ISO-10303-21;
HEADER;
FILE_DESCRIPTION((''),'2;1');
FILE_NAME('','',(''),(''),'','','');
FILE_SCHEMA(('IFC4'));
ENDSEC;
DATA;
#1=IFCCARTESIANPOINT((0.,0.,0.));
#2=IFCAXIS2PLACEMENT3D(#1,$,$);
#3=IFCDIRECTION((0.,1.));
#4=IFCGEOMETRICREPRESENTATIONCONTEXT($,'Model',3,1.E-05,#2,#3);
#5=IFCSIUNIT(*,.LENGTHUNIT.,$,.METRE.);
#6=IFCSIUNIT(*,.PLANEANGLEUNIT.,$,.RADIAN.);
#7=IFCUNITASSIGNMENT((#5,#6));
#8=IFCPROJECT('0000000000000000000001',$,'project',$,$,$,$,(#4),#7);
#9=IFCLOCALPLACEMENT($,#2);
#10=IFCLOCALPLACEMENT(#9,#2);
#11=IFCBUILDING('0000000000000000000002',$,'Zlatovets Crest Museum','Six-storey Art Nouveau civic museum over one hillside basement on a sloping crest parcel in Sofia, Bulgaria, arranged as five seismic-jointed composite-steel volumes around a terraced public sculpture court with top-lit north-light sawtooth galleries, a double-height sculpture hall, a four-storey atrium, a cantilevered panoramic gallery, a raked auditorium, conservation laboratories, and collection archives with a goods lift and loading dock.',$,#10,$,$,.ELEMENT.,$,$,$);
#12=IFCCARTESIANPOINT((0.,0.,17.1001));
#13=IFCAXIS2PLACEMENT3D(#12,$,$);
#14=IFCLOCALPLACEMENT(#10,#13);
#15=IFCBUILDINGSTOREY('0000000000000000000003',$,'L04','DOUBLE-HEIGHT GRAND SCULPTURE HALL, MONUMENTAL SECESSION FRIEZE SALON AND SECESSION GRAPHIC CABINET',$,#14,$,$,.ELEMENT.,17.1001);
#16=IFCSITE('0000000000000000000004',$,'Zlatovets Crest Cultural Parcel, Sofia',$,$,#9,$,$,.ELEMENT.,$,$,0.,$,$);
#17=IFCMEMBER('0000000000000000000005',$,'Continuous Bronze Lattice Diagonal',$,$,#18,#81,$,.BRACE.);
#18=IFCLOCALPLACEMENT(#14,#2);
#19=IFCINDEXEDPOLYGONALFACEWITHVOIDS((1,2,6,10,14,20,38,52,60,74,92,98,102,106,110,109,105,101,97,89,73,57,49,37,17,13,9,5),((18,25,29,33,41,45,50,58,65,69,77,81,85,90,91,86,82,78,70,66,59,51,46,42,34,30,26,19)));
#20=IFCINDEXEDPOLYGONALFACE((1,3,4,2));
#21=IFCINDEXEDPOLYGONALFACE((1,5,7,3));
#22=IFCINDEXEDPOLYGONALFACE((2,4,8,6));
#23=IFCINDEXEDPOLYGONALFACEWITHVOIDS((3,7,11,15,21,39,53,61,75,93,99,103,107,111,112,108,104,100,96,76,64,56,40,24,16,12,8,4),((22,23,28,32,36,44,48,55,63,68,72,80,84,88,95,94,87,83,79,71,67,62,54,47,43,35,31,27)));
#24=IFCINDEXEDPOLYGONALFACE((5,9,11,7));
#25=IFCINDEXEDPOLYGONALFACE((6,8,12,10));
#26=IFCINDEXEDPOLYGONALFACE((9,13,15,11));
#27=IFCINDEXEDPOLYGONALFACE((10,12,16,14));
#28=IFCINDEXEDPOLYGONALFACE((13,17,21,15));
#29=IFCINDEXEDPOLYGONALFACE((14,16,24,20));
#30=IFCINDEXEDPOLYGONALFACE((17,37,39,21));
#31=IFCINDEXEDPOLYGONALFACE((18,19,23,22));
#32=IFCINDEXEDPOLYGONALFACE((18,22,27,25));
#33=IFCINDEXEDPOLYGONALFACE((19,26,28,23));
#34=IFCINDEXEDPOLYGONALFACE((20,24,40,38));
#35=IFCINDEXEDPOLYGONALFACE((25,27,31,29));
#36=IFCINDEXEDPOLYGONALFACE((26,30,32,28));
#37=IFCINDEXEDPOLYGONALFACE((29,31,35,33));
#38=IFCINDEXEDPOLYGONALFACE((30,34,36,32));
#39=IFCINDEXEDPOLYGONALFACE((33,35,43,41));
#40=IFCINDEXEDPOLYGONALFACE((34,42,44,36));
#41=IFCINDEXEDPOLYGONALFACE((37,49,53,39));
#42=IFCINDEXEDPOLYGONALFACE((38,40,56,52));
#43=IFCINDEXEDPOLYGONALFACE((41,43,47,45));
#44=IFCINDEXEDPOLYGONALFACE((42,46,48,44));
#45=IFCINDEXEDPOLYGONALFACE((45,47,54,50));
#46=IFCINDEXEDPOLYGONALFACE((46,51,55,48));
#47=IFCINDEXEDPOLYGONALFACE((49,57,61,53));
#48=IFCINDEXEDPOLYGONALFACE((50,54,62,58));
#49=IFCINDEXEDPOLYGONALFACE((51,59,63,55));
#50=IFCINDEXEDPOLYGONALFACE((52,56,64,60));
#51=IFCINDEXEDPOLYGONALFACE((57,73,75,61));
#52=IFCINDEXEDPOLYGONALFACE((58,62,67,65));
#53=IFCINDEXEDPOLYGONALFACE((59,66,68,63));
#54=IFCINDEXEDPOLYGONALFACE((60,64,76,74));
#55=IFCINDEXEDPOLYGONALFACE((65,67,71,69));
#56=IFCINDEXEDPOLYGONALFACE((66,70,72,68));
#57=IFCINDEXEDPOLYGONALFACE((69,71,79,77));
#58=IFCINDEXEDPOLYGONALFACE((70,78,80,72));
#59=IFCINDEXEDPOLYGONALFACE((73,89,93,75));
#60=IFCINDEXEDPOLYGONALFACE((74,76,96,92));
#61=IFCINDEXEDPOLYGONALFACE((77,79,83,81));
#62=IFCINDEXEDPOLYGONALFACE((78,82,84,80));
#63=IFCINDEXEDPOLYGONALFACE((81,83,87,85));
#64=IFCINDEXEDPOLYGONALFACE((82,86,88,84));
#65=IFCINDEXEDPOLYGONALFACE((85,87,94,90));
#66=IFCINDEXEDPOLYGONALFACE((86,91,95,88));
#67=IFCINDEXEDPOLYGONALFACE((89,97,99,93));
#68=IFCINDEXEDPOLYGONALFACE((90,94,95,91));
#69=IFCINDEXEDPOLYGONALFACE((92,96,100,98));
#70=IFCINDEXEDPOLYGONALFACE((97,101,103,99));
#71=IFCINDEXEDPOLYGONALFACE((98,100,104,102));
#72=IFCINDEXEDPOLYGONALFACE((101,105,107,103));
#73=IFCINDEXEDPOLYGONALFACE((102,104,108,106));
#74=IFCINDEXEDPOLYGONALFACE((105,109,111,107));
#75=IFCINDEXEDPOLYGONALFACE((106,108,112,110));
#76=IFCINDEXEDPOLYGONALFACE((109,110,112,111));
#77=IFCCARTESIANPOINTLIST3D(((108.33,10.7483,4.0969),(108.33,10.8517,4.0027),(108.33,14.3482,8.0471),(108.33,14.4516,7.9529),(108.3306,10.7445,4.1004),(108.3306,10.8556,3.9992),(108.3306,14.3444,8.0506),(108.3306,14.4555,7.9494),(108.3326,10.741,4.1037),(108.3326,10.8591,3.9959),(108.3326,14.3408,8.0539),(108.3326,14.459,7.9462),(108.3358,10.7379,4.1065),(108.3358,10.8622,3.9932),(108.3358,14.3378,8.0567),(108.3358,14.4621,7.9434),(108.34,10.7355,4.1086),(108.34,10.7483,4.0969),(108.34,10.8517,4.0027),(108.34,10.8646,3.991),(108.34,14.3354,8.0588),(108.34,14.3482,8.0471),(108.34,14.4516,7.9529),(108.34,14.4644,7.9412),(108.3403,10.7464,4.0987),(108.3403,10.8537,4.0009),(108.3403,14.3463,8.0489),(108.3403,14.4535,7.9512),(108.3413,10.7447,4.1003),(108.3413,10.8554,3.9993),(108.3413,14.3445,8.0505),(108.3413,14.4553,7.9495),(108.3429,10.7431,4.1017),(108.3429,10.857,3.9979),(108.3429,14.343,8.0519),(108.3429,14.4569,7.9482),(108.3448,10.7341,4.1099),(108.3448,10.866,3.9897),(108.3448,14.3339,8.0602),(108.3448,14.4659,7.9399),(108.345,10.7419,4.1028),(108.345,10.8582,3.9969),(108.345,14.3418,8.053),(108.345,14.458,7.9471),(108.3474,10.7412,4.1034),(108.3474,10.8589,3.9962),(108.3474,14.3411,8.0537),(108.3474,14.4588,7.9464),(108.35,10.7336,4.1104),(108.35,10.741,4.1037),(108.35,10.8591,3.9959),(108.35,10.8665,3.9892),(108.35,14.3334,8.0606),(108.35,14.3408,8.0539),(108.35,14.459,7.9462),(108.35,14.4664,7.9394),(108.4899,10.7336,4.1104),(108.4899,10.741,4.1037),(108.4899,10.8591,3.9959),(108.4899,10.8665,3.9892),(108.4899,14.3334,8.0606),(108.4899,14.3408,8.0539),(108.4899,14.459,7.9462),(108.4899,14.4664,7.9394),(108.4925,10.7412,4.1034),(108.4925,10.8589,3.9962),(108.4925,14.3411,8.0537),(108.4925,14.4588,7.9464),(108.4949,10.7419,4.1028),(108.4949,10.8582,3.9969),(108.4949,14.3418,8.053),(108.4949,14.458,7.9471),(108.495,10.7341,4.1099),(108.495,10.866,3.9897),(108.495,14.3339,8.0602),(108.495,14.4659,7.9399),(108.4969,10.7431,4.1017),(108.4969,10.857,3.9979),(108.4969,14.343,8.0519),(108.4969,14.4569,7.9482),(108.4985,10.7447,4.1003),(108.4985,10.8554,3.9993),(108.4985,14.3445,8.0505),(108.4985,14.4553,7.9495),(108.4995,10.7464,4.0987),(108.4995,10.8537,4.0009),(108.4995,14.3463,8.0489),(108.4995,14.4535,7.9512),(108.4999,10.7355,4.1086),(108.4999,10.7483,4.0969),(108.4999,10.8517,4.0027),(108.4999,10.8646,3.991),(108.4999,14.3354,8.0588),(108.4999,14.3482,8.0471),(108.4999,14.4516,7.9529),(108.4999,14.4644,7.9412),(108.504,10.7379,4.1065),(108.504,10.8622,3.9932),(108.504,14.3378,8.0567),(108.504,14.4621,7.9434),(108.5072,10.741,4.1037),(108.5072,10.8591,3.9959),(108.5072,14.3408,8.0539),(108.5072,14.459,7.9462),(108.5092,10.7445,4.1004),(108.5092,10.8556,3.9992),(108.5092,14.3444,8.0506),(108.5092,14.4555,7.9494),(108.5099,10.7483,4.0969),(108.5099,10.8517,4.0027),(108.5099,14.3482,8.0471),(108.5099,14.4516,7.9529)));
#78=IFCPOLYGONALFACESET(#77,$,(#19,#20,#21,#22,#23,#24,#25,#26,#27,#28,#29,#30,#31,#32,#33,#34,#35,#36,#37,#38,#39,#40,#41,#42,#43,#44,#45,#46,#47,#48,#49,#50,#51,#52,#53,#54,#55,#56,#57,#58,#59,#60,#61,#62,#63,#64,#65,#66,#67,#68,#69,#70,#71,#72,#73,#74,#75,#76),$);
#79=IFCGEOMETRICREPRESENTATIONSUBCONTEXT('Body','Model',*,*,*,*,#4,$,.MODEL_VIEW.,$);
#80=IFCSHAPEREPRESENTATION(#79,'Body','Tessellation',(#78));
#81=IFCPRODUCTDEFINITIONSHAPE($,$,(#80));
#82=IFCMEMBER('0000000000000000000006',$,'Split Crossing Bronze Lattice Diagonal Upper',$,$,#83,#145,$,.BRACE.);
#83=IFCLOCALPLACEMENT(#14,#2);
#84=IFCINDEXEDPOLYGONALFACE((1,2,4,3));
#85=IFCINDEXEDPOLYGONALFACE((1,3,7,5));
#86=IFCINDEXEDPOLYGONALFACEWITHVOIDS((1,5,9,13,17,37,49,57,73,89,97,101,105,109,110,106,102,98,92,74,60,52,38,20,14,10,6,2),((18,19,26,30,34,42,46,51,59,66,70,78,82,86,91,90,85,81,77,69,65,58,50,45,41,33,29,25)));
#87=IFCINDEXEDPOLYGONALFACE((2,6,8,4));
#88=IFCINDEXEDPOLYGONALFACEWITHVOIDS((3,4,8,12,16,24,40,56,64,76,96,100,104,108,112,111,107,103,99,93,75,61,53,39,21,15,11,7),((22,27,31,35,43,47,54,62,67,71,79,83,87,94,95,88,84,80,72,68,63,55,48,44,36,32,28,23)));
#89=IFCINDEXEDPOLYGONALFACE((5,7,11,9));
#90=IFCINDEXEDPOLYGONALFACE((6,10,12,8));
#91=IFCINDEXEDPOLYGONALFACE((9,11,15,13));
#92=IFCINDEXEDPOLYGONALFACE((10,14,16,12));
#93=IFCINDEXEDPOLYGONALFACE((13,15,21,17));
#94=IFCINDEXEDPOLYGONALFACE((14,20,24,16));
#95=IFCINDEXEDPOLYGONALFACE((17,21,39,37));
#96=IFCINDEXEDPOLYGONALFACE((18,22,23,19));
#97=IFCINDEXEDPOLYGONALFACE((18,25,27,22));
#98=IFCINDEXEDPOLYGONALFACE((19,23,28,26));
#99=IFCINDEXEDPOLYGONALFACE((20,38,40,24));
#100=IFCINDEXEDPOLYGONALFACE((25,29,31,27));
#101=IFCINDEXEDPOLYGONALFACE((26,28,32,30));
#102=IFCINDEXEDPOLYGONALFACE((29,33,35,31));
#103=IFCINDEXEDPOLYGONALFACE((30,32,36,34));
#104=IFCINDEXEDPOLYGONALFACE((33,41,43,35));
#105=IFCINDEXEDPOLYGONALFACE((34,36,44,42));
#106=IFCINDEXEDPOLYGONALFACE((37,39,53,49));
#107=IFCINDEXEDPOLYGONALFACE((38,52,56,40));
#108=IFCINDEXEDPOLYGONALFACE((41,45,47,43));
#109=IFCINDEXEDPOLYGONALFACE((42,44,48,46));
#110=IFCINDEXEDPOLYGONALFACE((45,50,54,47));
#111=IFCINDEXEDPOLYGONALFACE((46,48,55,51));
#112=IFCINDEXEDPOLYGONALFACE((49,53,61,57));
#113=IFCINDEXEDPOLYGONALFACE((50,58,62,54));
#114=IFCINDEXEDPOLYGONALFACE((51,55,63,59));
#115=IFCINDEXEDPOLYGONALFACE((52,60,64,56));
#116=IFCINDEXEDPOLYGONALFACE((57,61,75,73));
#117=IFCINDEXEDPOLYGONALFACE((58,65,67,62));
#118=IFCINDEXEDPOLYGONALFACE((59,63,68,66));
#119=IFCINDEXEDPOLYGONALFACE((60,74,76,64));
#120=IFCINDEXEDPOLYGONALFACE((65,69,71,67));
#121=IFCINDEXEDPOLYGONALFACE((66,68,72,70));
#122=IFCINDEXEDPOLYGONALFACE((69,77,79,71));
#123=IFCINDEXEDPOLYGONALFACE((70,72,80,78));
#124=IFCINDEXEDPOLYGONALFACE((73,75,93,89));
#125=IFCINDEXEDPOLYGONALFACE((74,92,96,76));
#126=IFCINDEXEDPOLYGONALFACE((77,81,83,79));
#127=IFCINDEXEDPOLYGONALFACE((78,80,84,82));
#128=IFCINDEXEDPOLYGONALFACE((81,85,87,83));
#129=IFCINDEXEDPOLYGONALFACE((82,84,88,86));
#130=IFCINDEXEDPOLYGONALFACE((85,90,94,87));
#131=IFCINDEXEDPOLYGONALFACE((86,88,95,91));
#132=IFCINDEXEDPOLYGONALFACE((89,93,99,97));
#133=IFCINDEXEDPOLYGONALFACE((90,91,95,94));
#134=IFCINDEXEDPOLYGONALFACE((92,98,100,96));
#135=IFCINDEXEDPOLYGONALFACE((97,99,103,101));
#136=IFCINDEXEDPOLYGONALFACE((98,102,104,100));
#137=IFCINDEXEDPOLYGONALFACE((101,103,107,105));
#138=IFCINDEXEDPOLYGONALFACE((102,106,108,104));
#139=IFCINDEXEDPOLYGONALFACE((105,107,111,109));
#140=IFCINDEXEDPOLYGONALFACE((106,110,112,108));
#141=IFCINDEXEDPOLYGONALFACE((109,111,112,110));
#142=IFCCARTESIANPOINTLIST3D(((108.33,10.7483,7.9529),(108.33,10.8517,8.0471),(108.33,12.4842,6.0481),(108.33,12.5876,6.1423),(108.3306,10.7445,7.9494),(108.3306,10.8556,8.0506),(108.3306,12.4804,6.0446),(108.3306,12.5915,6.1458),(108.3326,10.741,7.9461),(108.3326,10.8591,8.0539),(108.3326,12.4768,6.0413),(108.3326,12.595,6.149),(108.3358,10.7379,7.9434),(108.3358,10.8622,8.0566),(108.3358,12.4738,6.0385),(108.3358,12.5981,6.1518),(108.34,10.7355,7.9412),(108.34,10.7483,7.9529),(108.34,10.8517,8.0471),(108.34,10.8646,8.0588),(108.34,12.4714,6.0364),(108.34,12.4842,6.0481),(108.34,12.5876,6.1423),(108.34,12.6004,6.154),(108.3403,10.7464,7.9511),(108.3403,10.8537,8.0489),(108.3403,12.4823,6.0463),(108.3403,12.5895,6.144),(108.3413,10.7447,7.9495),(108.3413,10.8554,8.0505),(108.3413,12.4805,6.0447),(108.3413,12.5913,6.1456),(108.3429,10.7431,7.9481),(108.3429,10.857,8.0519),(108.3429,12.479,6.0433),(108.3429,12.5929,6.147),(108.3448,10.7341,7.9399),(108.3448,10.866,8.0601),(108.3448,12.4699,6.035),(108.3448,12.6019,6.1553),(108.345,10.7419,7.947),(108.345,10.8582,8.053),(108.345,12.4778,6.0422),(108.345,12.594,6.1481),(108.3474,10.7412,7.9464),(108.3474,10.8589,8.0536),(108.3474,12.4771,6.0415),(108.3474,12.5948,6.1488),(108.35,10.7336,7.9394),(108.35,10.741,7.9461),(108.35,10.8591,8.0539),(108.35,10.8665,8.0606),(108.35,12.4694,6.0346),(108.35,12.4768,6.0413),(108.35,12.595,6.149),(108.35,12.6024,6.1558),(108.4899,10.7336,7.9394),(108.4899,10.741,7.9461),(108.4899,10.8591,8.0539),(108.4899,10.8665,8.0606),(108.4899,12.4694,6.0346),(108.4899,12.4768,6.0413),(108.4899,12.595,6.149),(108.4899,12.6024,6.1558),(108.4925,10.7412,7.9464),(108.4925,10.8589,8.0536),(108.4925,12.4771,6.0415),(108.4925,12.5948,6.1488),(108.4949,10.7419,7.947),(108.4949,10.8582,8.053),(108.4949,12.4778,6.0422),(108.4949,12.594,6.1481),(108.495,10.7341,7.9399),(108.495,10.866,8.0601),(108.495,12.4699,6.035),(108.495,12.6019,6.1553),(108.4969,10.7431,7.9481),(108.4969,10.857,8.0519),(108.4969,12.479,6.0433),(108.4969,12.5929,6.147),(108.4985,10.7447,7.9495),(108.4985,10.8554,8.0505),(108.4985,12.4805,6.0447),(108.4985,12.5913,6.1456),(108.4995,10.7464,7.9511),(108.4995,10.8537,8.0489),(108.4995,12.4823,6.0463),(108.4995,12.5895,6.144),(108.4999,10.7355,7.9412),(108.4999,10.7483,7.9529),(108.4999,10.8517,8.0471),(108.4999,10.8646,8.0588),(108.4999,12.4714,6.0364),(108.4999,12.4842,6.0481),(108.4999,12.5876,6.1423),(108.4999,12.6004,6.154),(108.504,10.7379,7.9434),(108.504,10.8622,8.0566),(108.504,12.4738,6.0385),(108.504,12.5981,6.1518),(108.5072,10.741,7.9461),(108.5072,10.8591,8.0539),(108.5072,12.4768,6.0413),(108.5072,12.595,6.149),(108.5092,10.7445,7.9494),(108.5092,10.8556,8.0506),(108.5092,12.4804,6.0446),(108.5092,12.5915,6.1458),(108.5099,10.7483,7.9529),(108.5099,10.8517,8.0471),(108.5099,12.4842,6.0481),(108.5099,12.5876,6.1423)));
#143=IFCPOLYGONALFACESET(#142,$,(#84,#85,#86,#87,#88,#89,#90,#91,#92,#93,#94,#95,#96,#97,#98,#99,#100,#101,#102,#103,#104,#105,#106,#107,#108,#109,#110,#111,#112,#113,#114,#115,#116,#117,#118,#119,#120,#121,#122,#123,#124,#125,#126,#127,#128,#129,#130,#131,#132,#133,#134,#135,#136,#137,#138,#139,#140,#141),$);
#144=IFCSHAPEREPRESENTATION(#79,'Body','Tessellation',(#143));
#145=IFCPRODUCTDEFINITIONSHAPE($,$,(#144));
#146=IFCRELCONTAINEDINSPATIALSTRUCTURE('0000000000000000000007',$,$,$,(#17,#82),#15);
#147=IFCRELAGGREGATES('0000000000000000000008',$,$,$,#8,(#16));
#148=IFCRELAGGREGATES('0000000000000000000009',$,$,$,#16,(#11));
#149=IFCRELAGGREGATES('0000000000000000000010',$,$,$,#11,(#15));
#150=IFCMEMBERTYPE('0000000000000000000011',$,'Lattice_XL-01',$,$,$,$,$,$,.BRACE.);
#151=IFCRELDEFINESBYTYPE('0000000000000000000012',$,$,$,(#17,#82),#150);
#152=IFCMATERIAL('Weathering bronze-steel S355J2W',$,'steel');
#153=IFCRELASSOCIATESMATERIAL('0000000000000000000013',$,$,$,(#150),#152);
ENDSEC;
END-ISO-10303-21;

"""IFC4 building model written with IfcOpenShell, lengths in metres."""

from ifc_helpers import new_model, si_unit, direction, frame, origin, origin_2d, place, context, subcontext, project, spatial, hollow_rectangle, extrude, material, material_profile, profile_set, type_object, element, save


model = new_model("IFC4")

# Units and contexts
model_context = context("Model", 3, precision=1e-05, world=origin(), true_north=direction((0.0, 1.0)))
body_context = subcontext(model_context, "Body", "Model", "MODEL_VIEW")
ifc_project = project(units=[si_unit("LENGTHUNIT", "METRE"), si_unit("PLANEANGLEUNIT", "RADIAN")], contexts=[model_context])

# Site, building, storey
site_placement = place(None, origin())
site = spatial("IfcSite", under=ifc_project, at=site_placement, Name="Zlatovets Crest Cultural Parcel, Sofia", CompositionType="ELEMENT", RefElevation=0.0)
building_placement = place(site_placement, origin())
building = spatial("IfcBuilding", under=site, at=building_placement, Name="Zlatovets Crest Museum", Description="Six-storey Art Nouveau civic museum over one hillside basement on a sloping crest parcel in Sofia, Bulgaria, arranged as five seismic-jointed composite-steel volumes around a terraced public sculpture court with top-lit north-light sawtooth galleries, a double-height sculpture hall, a four-storey atrium, a cantilevered panoramic gallery, a raked auditorium, conservation laboratories, and collection archives with a goods lift and loading dock.", CompositionType="ELEMENT")
storey_placement = place(building_placement, frame((0.0, 0.0, 17.1001)))
storey = spatial("IfcBuildingStorey", under=building, at=storey_placement, Name="L04", Description="DOUBLE-HEIGHT GRAND SCULPTURE HALL, MONUMENTAL SECESSION FRIEZE SALON AND SECESSION GRAPHIC CABINET", CompositionType="ELEMENT", Elevation=17.1001)

# Members
ifc_material_1 = material(Name="Weathering bronze-steel S355J2W", Category="steel")
ifc_material_profile_1 = material_profile(ifc_material_1, hollow_rectangle(XDim=0.1799, YDim=0.1799, WallThickness=0.01, InnerFilletRadius=0.01, OuterFilletRadius=0.02, at=origin_2d()), Name="SHS 180x180x10.0")
ifc_profile_set_1 = profile_set([ifc_material_profile_1], Name="Weathering bronze-steel S355J2W")
member_type_1 = type_object("IfcMemberType", Name="Lattice_XL-01", PredefinedType="BRACE", material=ifc_profile_set_1)
member_1_placement = place(storey_placement, frame((108.4199, 10.8, 4.0498), z_axis=(0.0, 0.67357, 0.739123), x_axis=(-1.0, 0.0, 0.0)))
element("IfcMember", 1, at=member_1_placement, inside=storey, type_object=member_type_1, Name="Continuous Bronze Lattice Diagonal", PredefinedType="BRACE", context=body_context, shape_type="SweptSolid", body=[
    extrude(hollow_rectangle(XDim=0.1799, YDim=0.1799, WallThickness=0.01, InnerFilletRadius=0.01, OuterFilletRadius=0.02, at=origin_2d()), origin(), (0.0, 0.0, 1.0), 5.3445),
])
for number, where, z_axis, x_axis, name in (
    (2, (108.4199, 10.8, 8.0), (0.0, 0.673568, -0.739125), (-1.0, 0.0, 0.0), "Split Crossing Bronze Lattice Diagonal Upper"),
):
    element("IfcMember", number, at=place(storey_placement, frame(where, z_axis=z_axis, x_axis=x_axis)), inside=storey, type_object=member_type_1, Name=name, PredefinedType="BRACE", context=body_context, shape_type="SweptSolid", body=[
        extrude(hollow_rectangle(XDim=0.1799, YDim=0.1799, WallThickness=0.01, InnerFilletRadius=0.01, OuterFilletRadius=0.02, at=origin_2d()), origin(), (0.0, 0.0, 1.0), 2.5771),
    ])

save(model, "model.ifc")
